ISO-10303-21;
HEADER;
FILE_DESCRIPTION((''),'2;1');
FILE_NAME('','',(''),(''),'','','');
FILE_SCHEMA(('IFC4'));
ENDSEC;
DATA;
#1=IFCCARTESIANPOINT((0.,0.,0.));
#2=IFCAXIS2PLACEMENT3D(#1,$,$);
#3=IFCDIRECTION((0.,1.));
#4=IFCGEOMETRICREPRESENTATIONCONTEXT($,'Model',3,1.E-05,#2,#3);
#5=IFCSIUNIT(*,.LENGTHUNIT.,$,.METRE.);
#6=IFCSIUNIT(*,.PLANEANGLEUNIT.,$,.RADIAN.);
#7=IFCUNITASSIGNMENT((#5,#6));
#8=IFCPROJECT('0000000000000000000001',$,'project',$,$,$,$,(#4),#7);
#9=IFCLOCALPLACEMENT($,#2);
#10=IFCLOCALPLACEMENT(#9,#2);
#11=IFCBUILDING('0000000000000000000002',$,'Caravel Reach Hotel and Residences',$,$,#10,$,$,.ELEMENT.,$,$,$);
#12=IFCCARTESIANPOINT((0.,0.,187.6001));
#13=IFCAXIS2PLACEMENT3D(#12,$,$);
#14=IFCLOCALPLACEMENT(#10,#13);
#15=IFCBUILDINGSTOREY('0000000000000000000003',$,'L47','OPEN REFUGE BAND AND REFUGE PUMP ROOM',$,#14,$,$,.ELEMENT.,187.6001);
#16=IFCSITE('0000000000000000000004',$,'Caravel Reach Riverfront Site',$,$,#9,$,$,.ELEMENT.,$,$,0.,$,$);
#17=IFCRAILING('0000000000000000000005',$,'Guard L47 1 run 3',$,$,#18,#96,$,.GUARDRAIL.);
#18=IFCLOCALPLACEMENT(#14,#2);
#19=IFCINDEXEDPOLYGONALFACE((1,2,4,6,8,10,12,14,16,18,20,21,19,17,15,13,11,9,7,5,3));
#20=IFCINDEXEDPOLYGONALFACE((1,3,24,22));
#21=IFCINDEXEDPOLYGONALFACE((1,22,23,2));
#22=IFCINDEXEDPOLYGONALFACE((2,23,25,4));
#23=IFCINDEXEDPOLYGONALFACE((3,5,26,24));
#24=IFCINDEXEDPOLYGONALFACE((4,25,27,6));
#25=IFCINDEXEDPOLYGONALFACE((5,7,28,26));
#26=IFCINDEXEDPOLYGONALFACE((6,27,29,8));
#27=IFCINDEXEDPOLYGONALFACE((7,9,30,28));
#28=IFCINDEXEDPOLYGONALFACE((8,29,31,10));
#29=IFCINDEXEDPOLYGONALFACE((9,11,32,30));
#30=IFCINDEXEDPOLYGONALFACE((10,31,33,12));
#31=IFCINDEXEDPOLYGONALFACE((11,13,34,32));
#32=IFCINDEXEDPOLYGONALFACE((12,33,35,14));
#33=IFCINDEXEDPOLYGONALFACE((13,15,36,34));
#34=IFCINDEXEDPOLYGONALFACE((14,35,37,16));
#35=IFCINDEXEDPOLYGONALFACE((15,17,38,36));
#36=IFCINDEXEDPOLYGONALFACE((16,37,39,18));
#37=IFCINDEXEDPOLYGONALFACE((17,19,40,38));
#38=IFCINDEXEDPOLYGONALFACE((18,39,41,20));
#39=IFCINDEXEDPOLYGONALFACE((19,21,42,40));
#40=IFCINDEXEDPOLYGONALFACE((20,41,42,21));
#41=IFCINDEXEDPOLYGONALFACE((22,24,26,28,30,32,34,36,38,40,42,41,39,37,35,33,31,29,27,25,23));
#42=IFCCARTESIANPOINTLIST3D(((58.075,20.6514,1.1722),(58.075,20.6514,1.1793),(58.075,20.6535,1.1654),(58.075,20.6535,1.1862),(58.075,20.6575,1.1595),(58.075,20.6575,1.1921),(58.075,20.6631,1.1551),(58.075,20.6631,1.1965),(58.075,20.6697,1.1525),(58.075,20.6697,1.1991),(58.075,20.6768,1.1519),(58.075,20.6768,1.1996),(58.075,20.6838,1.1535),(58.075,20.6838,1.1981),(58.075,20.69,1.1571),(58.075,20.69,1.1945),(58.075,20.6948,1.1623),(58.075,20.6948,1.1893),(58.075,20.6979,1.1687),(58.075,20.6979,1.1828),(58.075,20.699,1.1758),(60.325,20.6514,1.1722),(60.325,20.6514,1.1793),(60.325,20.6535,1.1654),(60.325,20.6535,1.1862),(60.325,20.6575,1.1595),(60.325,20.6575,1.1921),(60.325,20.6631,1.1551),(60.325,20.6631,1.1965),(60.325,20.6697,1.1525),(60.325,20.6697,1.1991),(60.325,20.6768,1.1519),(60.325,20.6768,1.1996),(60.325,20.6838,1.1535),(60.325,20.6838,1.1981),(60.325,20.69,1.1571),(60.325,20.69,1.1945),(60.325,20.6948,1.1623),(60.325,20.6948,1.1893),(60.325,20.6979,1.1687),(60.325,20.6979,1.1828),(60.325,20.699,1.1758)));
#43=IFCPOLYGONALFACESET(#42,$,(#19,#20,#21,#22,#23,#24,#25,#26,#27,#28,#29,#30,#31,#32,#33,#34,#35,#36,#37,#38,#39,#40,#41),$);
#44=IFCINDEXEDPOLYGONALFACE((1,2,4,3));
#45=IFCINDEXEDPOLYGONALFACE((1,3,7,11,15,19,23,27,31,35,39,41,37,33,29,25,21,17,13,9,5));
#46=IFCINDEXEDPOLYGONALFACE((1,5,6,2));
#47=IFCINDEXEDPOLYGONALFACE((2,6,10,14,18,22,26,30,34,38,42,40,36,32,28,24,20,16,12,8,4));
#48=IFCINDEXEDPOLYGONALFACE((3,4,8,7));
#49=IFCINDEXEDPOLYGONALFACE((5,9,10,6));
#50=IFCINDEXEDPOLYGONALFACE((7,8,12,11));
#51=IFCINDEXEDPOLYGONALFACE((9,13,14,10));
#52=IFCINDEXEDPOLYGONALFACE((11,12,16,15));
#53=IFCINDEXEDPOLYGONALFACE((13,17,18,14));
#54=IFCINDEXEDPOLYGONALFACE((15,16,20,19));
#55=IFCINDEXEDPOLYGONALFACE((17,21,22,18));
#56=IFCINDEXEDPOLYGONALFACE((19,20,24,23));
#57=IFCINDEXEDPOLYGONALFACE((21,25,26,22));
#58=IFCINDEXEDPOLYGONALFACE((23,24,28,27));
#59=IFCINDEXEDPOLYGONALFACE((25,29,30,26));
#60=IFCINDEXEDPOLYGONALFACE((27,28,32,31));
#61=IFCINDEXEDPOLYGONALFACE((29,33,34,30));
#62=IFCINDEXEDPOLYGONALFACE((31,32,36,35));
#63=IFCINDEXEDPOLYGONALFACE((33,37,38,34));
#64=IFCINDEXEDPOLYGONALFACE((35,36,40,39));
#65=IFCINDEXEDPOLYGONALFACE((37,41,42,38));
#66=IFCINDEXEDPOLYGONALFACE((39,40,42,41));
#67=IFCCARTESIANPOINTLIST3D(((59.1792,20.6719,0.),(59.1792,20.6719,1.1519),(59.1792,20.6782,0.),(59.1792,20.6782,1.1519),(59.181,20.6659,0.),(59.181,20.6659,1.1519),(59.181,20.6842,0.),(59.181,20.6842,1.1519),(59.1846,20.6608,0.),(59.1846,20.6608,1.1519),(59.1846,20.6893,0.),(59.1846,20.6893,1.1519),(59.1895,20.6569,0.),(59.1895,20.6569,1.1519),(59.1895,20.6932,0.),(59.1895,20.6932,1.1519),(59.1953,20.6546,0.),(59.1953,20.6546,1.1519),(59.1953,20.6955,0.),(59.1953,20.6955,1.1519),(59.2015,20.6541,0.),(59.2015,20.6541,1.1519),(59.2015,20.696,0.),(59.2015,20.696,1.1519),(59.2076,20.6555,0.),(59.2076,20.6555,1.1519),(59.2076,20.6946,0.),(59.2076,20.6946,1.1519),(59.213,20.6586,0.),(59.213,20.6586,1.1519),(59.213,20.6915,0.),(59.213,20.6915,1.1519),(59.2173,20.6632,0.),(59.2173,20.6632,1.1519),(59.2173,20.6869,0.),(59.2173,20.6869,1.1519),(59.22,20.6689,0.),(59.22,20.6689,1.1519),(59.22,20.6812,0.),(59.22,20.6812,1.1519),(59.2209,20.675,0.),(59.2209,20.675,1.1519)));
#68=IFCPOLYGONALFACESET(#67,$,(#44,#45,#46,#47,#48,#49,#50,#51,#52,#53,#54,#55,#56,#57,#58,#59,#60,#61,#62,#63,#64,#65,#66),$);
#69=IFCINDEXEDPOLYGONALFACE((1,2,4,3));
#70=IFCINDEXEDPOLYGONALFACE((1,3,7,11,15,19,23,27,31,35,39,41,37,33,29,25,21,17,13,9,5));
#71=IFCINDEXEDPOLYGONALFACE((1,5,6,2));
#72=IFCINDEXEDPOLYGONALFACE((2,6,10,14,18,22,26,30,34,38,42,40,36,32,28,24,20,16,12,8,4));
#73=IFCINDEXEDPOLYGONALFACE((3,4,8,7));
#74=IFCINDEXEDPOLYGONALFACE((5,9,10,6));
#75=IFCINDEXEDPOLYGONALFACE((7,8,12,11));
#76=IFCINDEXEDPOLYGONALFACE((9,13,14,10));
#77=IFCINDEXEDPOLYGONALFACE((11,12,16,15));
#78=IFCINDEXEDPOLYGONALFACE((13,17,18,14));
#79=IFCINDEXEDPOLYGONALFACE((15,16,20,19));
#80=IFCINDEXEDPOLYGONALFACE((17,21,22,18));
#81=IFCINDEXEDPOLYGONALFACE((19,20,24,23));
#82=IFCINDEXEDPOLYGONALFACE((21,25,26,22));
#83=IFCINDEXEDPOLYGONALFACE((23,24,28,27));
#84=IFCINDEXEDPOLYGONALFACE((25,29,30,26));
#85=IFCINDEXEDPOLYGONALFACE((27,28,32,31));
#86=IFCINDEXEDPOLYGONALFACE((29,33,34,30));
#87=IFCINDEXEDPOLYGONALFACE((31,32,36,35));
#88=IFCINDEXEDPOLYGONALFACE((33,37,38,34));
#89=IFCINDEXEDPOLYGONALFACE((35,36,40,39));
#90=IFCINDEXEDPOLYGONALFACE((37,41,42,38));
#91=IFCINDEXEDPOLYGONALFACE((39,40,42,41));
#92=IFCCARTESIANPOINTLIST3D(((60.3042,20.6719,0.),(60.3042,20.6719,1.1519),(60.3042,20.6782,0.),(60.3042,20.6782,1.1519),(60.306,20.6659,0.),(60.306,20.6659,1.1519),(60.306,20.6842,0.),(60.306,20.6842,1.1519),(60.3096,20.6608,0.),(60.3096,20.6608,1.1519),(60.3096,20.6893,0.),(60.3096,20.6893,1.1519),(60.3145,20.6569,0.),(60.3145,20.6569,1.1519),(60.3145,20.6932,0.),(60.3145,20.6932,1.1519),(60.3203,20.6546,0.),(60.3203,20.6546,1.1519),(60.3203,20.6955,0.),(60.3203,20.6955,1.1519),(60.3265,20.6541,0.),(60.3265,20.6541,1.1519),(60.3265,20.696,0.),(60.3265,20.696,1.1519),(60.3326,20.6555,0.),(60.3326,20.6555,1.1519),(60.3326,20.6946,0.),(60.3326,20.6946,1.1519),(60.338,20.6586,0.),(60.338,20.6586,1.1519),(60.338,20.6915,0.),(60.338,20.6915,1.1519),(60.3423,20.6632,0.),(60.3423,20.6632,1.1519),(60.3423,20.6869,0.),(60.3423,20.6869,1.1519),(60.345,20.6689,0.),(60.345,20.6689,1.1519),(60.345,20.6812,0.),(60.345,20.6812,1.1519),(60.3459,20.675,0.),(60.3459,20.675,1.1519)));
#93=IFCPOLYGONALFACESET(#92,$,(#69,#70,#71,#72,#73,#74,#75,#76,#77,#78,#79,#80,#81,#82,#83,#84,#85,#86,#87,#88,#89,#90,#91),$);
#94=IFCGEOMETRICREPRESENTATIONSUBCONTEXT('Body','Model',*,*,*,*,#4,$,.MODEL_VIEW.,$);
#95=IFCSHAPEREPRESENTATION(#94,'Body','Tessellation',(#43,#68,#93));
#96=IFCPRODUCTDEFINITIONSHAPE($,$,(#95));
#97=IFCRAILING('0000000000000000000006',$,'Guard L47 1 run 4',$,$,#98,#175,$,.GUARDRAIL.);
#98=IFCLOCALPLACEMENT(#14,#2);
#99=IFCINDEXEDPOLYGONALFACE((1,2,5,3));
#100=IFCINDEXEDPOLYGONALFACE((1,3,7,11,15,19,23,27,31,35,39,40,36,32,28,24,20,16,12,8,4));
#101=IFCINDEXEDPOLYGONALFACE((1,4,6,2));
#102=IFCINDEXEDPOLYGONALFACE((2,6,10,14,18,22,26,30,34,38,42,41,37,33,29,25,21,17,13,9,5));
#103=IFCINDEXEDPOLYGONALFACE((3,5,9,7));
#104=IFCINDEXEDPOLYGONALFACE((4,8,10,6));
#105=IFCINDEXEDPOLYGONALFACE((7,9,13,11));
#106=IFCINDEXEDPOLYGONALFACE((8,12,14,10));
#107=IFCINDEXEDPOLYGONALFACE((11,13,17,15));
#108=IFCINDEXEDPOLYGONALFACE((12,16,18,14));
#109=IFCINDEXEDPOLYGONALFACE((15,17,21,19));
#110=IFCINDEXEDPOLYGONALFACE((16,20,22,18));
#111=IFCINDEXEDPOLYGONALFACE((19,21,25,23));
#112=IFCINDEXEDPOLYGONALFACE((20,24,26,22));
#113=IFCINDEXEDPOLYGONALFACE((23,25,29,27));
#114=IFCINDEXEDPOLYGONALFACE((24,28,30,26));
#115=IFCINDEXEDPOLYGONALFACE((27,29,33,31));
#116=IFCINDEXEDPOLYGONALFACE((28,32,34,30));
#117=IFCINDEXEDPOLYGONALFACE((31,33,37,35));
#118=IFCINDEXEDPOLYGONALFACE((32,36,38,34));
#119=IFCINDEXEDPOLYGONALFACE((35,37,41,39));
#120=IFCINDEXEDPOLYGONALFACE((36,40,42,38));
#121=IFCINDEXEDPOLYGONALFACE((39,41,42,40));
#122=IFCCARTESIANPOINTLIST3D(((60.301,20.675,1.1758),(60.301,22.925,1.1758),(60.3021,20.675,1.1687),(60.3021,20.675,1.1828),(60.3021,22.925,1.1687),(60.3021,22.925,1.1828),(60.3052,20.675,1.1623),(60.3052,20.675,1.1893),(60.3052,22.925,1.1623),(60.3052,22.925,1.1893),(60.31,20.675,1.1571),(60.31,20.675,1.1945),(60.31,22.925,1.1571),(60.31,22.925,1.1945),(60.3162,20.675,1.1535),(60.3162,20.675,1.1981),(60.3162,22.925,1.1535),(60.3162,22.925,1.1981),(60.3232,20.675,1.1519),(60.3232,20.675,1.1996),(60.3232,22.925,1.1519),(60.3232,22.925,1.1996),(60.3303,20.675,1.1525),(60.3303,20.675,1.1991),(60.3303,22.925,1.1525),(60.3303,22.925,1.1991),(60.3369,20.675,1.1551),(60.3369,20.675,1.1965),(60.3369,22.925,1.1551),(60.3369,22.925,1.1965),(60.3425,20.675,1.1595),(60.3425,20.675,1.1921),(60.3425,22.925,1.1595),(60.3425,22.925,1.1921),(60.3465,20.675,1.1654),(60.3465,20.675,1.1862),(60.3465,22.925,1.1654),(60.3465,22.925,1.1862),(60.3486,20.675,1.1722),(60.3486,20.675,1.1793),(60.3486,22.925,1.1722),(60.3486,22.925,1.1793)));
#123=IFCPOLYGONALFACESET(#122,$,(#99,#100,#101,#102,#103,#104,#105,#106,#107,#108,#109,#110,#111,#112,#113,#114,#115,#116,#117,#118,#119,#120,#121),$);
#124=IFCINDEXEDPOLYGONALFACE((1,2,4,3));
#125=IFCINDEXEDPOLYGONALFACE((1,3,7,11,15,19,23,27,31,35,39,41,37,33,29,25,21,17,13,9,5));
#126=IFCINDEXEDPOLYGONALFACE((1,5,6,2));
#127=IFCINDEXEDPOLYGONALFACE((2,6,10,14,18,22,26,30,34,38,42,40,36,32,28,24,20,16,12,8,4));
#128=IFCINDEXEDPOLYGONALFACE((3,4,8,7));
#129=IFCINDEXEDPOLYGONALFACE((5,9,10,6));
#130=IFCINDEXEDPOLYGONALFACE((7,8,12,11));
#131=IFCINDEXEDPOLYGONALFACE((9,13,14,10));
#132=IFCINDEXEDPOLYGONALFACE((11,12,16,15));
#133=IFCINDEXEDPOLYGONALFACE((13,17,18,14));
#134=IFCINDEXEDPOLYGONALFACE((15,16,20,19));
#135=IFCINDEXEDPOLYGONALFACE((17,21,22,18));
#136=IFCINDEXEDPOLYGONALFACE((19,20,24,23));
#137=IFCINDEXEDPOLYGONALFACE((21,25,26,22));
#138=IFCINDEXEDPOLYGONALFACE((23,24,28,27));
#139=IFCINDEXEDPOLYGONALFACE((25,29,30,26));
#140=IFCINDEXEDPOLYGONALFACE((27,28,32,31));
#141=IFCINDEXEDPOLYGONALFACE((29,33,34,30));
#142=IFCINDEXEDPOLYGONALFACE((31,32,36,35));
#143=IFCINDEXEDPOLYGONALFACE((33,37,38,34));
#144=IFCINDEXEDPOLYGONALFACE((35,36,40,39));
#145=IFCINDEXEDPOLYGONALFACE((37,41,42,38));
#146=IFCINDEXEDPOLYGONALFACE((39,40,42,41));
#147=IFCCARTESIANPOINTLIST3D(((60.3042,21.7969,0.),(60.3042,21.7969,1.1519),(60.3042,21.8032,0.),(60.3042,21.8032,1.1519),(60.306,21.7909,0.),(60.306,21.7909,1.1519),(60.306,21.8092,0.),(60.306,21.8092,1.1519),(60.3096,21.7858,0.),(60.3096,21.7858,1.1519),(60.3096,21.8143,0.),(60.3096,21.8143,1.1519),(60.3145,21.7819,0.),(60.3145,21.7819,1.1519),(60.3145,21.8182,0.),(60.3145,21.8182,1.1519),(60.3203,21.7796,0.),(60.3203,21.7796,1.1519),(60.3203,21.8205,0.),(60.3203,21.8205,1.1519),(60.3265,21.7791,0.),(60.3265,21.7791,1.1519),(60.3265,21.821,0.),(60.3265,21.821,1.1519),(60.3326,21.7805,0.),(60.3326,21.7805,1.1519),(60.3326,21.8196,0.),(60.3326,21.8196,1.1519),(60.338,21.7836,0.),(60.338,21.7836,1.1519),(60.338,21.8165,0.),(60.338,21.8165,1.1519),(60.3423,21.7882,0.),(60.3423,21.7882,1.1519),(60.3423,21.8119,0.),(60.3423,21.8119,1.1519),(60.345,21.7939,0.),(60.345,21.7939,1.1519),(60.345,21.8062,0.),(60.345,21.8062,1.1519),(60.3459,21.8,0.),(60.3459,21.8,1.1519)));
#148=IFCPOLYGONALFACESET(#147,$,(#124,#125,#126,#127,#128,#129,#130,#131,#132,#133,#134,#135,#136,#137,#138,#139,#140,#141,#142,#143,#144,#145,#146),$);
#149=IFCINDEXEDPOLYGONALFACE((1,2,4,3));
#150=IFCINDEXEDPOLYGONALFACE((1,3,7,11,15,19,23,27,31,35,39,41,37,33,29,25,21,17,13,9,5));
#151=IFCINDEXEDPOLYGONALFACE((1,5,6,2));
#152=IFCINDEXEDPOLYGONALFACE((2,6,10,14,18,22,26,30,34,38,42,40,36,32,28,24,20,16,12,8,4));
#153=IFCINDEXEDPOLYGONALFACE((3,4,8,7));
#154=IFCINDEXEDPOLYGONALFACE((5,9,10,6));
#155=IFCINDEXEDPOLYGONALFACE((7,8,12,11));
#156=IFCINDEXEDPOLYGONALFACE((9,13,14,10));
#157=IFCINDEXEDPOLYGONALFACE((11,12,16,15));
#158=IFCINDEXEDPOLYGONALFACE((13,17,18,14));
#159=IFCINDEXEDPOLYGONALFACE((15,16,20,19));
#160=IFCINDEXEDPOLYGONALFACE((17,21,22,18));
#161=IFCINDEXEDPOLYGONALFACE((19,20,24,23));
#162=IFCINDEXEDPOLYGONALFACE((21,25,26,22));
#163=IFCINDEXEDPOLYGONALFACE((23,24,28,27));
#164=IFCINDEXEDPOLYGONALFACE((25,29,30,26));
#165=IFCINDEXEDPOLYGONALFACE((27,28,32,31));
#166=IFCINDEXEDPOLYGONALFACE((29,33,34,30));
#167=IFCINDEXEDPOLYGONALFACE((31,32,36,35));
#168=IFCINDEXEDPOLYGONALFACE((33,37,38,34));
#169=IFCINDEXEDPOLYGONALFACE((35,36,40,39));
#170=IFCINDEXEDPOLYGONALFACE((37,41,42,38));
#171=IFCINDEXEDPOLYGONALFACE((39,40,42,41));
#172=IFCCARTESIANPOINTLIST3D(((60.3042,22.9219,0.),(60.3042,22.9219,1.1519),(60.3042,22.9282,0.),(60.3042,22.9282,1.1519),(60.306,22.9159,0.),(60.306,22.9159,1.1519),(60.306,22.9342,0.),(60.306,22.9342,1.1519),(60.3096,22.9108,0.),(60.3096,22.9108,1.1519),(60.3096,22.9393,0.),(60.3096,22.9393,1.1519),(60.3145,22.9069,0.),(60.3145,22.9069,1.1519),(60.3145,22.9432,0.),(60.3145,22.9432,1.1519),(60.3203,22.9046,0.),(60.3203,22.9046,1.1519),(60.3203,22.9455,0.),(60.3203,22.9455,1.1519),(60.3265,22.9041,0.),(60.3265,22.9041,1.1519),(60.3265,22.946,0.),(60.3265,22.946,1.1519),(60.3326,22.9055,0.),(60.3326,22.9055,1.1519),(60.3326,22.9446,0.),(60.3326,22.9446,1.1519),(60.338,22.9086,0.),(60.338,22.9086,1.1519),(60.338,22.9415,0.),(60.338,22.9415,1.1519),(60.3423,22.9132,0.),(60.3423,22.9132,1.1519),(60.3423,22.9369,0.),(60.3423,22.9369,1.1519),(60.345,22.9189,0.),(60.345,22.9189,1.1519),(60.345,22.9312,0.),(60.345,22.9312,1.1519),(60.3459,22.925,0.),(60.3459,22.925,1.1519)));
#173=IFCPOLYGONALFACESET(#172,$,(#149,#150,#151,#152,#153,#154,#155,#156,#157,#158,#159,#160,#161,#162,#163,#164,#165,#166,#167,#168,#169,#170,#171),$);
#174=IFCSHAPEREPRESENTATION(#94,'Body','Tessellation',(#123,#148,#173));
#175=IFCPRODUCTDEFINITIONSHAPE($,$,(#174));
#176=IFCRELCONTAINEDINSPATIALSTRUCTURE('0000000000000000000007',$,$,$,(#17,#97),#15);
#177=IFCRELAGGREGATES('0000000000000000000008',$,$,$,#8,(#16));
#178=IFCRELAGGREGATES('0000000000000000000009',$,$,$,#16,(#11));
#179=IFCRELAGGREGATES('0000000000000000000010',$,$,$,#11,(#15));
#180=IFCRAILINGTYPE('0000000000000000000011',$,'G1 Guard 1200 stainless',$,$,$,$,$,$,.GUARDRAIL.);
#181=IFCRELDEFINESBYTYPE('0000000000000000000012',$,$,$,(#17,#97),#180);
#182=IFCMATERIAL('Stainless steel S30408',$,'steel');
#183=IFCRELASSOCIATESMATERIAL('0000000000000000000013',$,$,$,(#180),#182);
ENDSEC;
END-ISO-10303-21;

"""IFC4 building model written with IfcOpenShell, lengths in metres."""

from ifc_helpers import new_model, si_unit, direction, frame, origin, origin_2d, place, context, subcontext, project, spatial, circle, extrude, material, type_object, element, save


model = new_model("IFC4")

# Units and contexts
model_context = context("Model", 3, precision=1e-05, world=origin(), true_north=direction((0.0, 1.0)))
body_context = subcontext(model_context, "Body", "Model", "MODEL_VIEW")
ifc_project = project(units=[si_unit("LENGTHUNIT", "METRE"), si_unit("PLANEANGLEUNIT", "RADIAN")], contexts=[model_context])

# Site, building, storey
site_placement = place(None, origin())
site = spatial("IfcSite", under=ifc_project, at=site_placement, Name="Caravel Reach Riverfront Site", CompositionType="ELEMENT", RefElevation=0.0)
building_placement = place(site_placement, origin())
building = spatial("IfcBuilding", under=site, at=building_placement, Name="Caravel Reach Hotel and Residences", CompositionType="ELEMENT")
storey_placement = place(building_placement, frame((0.0, 0.0, 187.6001)))
storey = spatial("IfcBuildingStorey", under=building, at=storey_placement, Name="L47", Description="OPEN REFUGE BAND AND REFUGE PUMP ROOM", CompositionType="ELEMENT", Elevation=187.6001)

# Railings
ifc_material_1 = material(Name="Stainless steel S30408", Category="steel")
railing_type = type_object("IfcRailingType", Name="G1 Guard 1200 stainless", PredefinedType="GUARDRAIL", material=ifc_material_1)
railing_1_placement = place(storey_placement, frame((58.075, 20.675, 0.0)))
element("IfcRailing", 1, at=railing_1_placement, inside=storey, type_object=railing_type, Name="Guard L47 1 run 3", PredefinedType="GUARDRAIL", context=body_context, shape_type="SweptSolid", body=[
    extrude(circle(Radius=0.0239, at=origin_2d()), frame((0.0, 0.0, 1.1758), z_axis=(1.0, 0.0, 0.0), x_axis=(0.0, 1.0, 0.0)), (0.0, 0.0, 1.0), 2.25),
    extrude(circle(Radius=0.021, at=origin_2d()), frame((1.125, 0.0, 0.0)), (0.0, 0.0, 1.0), 1.1519),
    extrude(circle(Radius=0.021, at=origin_2d()), frame((2.25, 0.0, 0.0)), (0.0, 0.0, 1.0), 1.1519),
])
railing_2_placement = place(storey_placement, frame((60.325, 20.675, 0.0)))
element("IfcRailing", 2, at=railing_2_placement, inside=storey, type_object=railing_type, Name="Guard L47 1 run 4", PredefinedType="GUARDRAIL", context=body_context, shape_type="SweptSolid", body=[
    extrude(circle(Radius=0.0239, at=origin_2d()), frame((0.0, 0.0, 1.1758), z_axis=(0.0, 1.0, 0.0), x_axis=(-1.0, 0.0, 0.0)), (0.0, 0.0, 1.0), 2.25),
    extrude(circle(Radius=0.021, at=origin_2d()), frame((0.0, 1.125, 0.0)), (0.0, 0.0, 1.0), 1.1519),
    extrude(circle(Radius=0.021, at=origin_2d()), frame((0.0, 2.25, 0.0)), (0.0, 0.0, 1.0), 1.1519),
])

save(model, "model.ifc")
